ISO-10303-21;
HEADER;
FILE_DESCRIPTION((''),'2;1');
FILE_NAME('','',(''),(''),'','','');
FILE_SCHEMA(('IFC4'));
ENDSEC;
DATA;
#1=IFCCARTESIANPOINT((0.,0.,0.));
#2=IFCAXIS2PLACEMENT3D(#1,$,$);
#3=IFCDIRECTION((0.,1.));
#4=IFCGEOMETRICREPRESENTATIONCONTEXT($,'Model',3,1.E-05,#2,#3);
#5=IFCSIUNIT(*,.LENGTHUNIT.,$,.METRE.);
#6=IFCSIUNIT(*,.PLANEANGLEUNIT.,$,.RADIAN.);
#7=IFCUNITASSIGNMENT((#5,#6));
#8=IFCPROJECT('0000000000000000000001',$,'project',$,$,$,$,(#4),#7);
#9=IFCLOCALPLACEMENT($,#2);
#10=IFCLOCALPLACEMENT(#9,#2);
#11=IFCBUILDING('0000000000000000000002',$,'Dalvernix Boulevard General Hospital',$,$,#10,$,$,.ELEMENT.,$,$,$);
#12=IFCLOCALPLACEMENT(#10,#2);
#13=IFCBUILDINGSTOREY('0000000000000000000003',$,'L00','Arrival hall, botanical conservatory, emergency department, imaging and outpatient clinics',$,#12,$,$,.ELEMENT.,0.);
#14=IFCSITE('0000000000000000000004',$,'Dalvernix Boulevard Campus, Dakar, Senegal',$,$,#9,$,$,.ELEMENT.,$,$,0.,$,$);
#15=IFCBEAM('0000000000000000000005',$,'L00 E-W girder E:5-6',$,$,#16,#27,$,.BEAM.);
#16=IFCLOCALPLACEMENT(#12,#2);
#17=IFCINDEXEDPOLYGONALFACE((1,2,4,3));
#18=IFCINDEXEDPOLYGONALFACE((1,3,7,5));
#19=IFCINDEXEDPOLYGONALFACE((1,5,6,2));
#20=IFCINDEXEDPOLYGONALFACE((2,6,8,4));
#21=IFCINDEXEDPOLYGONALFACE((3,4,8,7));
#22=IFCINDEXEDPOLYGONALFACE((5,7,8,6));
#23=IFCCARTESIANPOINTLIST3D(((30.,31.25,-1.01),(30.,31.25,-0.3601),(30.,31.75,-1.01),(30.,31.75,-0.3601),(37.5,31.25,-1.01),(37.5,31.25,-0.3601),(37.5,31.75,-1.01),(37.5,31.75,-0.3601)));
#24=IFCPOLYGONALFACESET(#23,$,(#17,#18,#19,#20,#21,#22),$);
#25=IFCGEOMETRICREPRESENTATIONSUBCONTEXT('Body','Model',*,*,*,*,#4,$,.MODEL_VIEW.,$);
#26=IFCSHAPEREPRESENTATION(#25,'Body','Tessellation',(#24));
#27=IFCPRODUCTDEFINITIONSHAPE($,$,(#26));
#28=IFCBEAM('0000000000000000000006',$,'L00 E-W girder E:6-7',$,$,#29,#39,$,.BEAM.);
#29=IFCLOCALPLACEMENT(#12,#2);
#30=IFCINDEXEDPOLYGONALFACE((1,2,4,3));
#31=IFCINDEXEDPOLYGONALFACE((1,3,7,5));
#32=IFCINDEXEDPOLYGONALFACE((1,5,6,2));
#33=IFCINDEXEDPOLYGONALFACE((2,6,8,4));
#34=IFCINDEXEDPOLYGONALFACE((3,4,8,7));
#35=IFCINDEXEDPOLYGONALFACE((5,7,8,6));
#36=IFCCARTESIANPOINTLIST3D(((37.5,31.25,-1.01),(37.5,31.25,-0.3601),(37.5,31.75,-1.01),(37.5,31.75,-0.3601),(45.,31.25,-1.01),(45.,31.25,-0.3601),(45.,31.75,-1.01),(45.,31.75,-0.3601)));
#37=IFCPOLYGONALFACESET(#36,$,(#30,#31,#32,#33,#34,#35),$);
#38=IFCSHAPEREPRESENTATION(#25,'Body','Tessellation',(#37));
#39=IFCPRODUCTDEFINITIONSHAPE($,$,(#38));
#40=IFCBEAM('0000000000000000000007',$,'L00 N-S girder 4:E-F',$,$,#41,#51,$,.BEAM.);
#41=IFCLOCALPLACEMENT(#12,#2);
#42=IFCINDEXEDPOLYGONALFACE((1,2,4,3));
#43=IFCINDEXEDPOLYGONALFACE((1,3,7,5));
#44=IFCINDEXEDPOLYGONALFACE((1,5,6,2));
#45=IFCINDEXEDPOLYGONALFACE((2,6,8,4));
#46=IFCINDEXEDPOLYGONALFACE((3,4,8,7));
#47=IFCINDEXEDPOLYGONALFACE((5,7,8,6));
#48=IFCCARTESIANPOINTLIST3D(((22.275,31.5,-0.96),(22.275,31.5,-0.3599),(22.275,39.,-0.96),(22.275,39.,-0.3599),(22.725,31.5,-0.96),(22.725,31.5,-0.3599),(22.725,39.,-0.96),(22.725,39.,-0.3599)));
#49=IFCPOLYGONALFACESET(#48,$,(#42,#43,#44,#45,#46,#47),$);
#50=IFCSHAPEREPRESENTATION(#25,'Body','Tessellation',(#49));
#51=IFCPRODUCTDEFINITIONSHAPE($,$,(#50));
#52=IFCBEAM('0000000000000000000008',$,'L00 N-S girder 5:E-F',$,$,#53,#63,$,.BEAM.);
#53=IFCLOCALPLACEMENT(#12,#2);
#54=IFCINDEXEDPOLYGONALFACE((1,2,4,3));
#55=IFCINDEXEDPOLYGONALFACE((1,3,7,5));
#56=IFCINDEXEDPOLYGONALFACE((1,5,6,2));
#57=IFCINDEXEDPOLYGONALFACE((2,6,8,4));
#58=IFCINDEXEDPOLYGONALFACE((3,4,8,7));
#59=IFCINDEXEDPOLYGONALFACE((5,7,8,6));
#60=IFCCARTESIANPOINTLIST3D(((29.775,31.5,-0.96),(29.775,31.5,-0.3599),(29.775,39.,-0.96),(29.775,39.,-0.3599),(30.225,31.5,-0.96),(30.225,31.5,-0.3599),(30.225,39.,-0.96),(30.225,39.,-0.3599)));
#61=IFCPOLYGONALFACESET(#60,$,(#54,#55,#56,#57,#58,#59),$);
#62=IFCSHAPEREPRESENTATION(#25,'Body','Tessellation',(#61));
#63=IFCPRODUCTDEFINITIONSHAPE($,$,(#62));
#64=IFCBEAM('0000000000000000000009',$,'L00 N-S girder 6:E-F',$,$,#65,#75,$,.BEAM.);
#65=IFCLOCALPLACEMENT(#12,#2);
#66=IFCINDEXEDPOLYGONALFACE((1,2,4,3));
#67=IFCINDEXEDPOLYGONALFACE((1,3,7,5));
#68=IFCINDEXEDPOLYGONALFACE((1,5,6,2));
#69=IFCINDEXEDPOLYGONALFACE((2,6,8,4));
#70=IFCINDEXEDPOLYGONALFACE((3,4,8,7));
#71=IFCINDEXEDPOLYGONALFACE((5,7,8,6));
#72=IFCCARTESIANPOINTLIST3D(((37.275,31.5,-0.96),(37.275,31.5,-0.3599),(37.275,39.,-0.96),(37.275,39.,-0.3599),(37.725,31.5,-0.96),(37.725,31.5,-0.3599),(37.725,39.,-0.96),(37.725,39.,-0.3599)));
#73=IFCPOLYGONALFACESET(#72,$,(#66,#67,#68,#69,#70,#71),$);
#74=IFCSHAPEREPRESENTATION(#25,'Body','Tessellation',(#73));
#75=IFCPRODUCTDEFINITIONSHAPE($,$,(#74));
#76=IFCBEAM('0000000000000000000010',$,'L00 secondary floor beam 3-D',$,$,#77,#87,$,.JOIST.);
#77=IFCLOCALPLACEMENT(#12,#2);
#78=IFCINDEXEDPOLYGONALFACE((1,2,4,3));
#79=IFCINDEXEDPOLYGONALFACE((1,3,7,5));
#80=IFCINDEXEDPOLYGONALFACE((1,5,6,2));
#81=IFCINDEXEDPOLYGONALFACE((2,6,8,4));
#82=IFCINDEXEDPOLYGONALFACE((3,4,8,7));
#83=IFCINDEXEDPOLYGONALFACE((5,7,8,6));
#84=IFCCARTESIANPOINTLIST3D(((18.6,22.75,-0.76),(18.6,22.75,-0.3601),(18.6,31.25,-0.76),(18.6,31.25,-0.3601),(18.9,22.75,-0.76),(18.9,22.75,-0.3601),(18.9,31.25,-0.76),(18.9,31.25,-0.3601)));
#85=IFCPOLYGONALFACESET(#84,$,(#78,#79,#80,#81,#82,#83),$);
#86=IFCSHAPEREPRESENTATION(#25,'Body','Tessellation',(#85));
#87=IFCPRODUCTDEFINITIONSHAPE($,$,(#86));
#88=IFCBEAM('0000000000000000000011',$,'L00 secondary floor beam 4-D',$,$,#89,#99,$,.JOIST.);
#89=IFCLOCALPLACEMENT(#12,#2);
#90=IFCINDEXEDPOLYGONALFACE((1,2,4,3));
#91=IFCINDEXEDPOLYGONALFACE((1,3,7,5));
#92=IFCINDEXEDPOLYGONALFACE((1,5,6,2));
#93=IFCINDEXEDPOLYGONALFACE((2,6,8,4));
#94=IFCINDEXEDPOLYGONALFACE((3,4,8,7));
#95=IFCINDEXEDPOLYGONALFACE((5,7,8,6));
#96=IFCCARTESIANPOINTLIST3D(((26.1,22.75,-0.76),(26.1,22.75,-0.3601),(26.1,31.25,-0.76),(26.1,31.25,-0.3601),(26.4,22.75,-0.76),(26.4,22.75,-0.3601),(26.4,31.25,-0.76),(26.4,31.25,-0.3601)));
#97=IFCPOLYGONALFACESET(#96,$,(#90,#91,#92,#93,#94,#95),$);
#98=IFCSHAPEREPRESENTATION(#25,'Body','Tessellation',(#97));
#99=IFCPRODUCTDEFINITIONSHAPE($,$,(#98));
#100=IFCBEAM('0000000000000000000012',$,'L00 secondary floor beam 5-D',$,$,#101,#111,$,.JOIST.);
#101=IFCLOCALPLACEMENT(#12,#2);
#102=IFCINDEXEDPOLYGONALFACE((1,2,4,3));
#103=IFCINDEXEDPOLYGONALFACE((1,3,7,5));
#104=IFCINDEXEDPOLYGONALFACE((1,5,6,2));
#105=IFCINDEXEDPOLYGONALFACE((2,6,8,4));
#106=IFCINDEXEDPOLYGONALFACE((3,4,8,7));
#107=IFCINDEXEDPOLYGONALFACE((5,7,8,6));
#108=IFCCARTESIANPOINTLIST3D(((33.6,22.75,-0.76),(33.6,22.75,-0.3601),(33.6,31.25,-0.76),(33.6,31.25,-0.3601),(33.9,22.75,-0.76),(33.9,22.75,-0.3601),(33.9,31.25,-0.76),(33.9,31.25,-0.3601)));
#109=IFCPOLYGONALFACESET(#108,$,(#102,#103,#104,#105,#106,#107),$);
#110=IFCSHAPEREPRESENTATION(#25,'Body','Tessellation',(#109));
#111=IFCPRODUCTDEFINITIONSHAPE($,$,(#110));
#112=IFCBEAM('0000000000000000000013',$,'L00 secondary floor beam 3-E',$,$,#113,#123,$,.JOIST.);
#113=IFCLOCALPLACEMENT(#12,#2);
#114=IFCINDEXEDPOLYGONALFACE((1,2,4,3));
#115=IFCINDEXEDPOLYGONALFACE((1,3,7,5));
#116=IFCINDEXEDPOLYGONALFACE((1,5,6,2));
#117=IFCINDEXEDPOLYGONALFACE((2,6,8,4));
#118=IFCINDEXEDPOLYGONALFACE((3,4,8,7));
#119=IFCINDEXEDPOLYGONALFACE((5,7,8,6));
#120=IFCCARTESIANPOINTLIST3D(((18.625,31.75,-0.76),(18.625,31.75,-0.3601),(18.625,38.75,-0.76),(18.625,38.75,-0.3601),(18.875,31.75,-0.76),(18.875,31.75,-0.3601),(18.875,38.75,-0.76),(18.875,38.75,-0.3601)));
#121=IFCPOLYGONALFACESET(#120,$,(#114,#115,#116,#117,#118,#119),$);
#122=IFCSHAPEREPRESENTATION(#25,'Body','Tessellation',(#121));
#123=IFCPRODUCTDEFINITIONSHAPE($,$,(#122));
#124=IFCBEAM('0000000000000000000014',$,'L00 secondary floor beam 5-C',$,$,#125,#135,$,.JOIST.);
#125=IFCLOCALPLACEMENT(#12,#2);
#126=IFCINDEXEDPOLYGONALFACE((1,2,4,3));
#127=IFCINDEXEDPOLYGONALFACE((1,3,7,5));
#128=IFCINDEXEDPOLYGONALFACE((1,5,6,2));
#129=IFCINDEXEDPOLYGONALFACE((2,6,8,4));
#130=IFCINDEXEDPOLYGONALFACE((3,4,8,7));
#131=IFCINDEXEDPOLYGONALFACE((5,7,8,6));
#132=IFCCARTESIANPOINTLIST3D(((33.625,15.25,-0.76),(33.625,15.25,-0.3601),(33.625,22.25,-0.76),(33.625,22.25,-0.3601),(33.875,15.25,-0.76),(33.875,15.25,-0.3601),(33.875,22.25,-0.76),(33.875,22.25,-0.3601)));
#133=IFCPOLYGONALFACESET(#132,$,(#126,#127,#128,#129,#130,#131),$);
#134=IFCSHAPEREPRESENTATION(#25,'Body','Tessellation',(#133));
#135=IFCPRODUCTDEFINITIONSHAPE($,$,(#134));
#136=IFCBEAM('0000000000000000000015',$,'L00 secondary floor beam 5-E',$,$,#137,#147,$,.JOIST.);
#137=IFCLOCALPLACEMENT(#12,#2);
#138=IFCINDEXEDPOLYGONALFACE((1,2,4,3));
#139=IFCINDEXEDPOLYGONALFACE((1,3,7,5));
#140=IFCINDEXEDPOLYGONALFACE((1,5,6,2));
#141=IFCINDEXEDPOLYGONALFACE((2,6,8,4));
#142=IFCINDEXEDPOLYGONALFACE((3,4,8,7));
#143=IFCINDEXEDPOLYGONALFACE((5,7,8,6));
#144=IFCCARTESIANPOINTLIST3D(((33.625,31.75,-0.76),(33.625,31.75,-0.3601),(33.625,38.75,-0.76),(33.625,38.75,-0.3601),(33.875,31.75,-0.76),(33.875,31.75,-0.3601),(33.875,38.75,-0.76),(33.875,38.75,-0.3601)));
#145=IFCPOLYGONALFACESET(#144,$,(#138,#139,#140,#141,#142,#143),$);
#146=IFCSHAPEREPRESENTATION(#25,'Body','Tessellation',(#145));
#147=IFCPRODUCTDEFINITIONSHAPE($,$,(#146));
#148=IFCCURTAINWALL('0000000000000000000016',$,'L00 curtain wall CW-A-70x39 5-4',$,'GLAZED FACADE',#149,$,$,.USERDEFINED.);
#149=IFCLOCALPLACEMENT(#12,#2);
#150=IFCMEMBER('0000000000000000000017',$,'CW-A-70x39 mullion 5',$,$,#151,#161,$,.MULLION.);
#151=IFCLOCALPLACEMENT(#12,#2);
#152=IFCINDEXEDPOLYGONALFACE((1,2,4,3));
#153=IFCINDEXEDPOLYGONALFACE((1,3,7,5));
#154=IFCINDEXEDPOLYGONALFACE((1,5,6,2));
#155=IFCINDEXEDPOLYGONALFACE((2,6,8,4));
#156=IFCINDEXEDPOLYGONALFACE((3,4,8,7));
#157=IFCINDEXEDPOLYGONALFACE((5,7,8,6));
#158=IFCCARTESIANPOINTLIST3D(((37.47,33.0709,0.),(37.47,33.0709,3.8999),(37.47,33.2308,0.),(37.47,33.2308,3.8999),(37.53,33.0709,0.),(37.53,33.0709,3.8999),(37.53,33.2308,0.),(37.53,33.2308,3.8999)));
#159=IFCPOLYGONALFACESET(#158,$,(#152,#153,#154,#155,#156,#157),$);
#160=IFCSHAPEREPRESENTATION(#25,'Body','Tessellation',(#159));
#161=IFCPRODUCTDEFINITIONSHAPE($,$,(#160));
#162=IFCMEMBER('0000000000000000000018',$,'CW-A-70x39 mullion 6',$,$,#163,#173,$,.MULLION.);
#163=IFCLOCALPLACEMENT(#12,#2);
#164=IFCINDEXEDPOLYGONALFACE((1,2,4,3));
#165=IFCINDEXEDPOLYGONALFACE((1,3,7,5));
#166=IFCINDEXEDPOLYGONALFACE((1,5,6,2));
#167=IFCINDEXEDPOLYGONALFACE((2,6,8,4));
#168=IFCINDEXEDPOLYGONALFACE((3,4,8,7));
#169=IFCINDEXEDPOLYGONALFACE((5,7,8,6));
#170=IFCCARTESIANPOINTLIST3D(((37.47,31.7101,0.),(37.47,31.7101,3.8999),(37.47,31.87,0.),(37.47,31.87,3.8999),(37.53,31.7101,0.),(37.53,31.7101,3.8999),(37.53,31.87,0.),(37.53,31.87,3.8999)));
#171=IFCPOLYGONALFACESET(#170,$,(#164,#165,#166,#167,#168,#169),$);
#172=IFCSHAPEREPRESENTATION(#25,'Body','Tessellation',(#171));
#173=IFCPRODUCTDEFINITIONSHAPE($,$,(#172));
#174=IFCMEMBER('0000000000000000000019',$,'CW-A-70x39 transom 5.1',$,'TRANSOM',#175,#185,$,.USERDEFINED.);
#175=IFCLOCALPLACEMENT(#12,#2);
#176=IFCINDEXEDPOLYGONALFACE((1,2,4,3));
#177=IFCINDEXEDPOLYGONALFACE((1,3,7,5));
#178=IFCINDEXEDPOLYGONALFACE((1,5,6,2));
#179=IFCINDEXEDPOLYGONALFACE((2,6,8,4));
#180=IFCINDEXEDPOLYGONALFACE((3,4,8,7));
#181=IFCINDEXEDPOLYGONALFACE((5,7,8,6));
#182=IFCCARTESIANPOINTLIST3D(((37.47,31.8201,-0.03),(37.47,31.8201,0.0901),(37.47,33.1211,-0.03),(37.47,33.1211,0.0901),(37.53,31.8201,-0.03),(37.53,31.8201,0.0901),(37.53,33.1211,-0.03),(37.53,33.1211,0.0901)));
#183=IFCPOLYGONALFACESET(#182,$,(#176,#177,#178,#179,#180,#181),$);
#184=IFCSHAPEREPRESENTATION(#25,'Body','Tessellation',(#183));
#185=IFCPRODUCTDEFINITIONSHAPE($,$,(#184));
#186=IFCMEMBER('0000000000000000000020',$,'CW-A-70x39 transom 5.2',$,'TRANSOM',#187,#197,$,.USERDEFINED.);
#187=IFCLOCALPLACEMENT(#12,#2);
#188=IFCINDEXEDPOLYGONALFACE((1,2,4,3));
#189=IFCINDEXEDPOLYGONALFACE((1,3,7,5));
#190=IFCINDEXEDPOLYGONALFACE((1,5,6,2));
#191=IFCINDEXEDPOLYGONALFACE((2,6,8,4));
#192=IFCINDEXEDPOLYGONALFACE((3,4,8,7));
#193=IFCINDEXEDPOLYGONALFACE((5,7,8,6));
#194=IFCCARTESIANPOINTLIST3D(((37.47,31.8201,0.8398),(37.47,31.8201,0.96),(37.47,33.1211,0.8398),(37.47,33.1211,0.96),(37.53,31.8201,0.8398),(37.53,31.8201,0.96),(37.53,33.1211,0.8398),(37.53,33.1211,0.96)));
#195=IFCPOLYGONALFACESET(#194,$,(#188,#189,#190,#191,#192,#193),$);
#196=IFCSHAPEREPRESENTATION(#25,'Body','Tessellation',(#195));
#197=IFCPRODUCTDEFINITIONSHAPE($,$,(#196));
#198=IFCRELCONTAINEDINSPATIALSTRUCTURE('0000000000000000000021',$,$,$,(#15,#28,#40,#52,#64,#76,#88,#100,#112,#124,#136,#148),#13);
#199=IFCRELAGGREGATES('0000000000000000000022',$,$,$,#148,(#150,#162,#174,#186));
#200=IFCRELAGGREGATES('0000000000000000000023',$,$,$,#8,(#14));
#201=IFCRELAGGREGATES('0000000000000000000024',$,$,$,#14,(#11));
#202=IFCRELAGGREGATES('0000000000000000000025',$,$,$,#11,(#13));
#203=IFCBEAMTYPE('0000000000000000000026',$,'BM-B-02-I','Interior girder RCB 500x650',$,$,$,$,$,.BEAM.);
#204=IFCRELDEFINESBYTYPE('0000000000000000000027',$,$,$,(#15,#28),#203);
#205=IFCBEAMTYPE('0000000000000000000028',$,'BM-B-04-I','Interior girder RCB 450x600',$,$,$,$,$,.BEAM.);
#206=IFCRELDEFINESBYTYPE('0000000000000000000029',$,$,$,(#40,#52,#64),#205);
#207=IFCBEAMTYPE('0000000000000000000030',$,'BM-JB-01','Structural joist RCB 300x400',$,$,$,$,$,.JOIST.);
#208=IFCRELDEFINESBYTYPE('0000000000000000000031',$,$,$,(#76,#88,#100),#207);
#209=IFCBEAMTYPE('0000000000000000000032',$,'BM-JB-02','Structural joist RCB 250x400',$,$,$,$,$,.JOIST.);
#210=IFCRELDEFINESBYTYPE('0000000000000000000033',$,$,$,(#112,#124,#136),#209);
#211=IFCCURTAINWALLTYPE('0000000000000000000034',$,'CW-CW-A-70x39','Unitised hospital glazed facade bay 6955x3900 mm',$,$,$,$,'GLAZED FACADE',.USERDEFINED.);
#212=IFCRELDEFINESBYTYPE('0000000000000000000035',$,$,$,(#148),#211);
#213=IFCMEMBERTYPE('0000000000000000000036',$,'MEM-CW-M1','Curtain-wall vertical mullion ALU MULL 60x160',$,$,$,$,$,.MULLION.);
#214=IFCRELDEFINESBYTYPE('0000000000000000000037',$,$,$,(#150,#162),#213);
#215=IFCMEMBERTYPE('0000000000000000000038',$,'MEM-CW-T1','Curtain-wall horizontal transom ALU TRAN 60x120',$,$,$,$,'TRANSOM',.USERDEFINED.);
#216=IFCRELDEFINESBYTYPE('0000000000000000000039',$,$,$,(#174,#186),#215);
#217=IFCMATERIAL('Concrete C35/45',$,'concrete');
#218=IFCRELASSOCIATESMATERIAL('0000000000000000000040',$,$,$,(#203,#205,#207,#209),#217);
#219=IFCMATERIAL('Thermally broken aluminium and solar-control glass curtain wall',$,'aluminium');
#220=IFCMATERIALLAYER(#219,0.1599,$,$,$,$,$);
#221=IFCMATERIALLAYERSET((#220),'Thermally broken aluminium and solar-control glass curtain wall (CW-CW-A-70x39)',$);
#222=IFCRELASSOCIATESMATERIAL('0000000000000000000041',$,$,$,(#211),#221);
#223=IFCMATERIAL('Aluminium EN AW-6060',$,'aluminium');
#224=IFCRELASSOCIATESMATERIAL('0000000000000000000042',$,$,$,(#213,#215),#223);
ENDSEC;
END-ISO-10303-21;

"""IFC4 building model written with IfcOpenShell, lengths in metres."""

from ifc_helpers import new_model, si_unit, direction, frame, origin, origin_2d, place, context, subcontext, project, spatial, rectangle, extrude, material, layer, layer_set, material_profile, profile_set, type_object, element, aggregate, save


model = new_model("IFC4")

# Units and contexts
model_context = context("Model", 3, precision=1e-05, world=origin(), true_north=direction((0.0, 1.0)))
body_context = subcontext(model_context, "Body", "Model", "MODEL_VIEW")
ifc_project = project(units=[si_unit("LENGTHUNIT", "METRE"), si_unit("PLANEANGLEUNIT", "RADIAN")], contexts=[model_context])

# Site, building, storey
site_placement = place(None, origin())
site = spatial("IfcSite", under=ifc_project, at=site_placement, Name="Dalvernix Boulevard Campus, Dakar, Senegal", CompositionType="ELEMENT", RefElevation=0.0)
building_placement = place(site_placement, origin())
building = spatial("IfcBuilding", under=site, at=building_placement, Name="Dalvernix Boulevard General Hospital", CompositionType="ELEMENT")
storey_placement = place(building_placement, origin())
storey = spatial("IfcBuildingStorey", under=building, at=storey_placement, Name="L00", Description="Arrival hall, botanical conservatory, emergency department, imaging and outpatient clinics", CompositionType="ELEMENT", Elevation=0.0)

# Beams
ifc_material_1 = material(Name="Concrete C35/45", Category="concrete")
ifc_material_profile_1 = material_profile(ifc_material_1, rectangle(XDim=0.5, YDim=0.6499, at=origin_2d()), Name="RCB 500x650")
ifc_profile_set_1 = profile_set([ifc_material_profile_1], Name="Concrete C35/45")
beam_type_1 = type_object("IfcBeamType", Name="BM-B-02-I", Description="Interior girder RCB 500x650", PredefinedType="BEAM", material=ifc_profile_set_1)
for number, where, z_axis, x_axis, name in (
    (1, (30.0, 31.5, -0.6851), (1.0, 0.0, 0.0), (0.0, 1.0, 0.0), "L00 E-W girder E:5-6"),
    (2, (37.5, 31.5, -0.6851), (1.0, 0.0, 0.0), (0.0, 1.0, 0.0), "L00 E-W girder E:6-7"),
):
    element("IfcBeam", number, at=place(storey_placement, frame(where, z_axis=z_axis, x_axis=x_axis)), inside=storey, type_object=beam_type_1, Name=name, PredefinedType="BEAM", context=body_context, shape_type="SweptSolid", body=[
        extrude(rectangle(XDim=0.5, YDim=0.6499, at=origin_2d()), origin(), (0.0, 0.0, 1.0), 7.5),
    ])
ifc_material_profile_2 = material_profile(ifc_material_1, rectangle(XDim=0.45, YDim=0.6001, at=origin_2d()), Name="RCB 450x600")
ifc_profile_set_2 = profile_set([ifc_material_profile_2], Name="Concrete C35/45")
beam_type_2 = type_object("IfcBeamType", Name="BM-B-04-I", Description="Interior girder RCB 450x600", PredefinedType="BEAM", material=ifc_profile_set_2)
for number, where, z_axis, x_axis, name in (
    (3, (22.5, 31.5, -0.6599), (0.0, 1.0, 0.0), (-1.0, 0.0, 0.0), "L00 N-S girder 4:E-F"),
    (4, (30.0, 31.5, -0.6599), (0.0, 1.0, 0.0), (-1.0, 0.0, 0.0), "L00 N-S girder 5:E-F"),
    (5, (37.5, 31.5, -0.6599), (0.0, 1.0, 0.0), (-1.0, 0.0, 0.0), "L00 N-S girder 6:E-F"),
):
    element("IfcBeam", number, at=place(storey_placement, frame(where, z_axis=z_axis, x_axis=x_axis)), inside=storey, type_object=beam_type_2, Name=name, PredefinedType="BEAM", context=body_context, shape_type="SweptSolid", body=[
        extrude(rectangle(XDim=0.45, YDim=0.6001, at=origin_2d()), origin(), (0.0, 0.0, 1.0), 7.5),
    ])
ifc_material_profile_3 = material_profile(ifc_material_1, rectangle(XDim=0.3, YDim=0.3999, at=origin_2d()), Name="RCB 300x400")
ifc_profile_set_3 = profile_set([ifc_material_profile_3], Name="Concrete C35/45")
beam_type_3 = type_object("IfcBeamType", Name="BM-JB-01", Description="Structural joist RCB 300x400", PredefinedType="JOIST", material=ifc_profile_set_3)
for number, where, z_axis, x_axis, name in (
    (6, (18.75, 22.75, -0.5601), (0.0, 1.0, 0.0), (-1.0, 0.0, 0.0), "L00 secondary floor beam 3-D"),
    (7, (26.25, 22.75, -0.5601), (0.0, 1.0, 0.0), (-1.0, 0.0, 0.0), "L00 secondary floor beam 4-D"),
    (8, (33.75, 22.75, -0.5601), (0.0, 1.0, 0.0), (-1.0, 0.0, 0.0), "L00 secondary floor beam 5-D"),
):
    element("IfcBeam", number, at=place(storey_placement, frame(where, z_axis=z_axis, x_axis=x_axis)), inside=storey, type_object=beam_type_3, Name=name, PredefinedType="JOIST", context=body_context, shape_type="SweptSolid", body=[
        extrude(rectangle(XDim=0.3, YDim=0.3999, at=origin_2d()), origin(), (0.0, 0.0, 1.0), 8.5),
    ])
ifc_material_profile_4 = material_profile(ifc_material_1, rectangle(XDim=0.25, YDim=0.3999, at=origin_2d()), Name="RCB 250x400")
ifc_profile_set_4 = profile_set([ifc_material_profile_4], Name="Concrete C35/45")
beam_type_4 = type_object("IfcBeamType", Name="BM-JB-02", Description="Structural joist RCB 250x400", PredefinedType="JOIST", material=ifc_profile_set_4)
for number, where, z_axis, x_axis, name in (
    (9, (18.75, 31.75, -0.5601), (0.0, 1.0, 0.0), (-1.0, 0.0, 0.0), "L00 secondary floor beam 3-E"),
    (10, (33.75, 15.25, -0.5601), (0.0, 1.0, 0.0), (-1.0, 0.0, 0.0), "L00 secondary floor beam 5-C"),
    (11, (33.75, 31.75, -0.5601), (0.0, 1.0, 0.0), (-1.0, 0.0, 0.0), "L00 secondary floor beam 5-E"),
):
    element("IfcBeam", number, at=place(storey_placement, frame(where, z_axis=z_axis, x_axis=x_axis)), inside=storey, type_object=beam_type_4, Name=name, PredefinedType="JOIST", context=body_context, shape_type="SweptSolid", body=[
        extrude(rectangle(XDim=0.25, YDim=0.3999, at=origin_2d()), origin(), (0.0, 0.0, 1.0), 7.0),
    ])

# Curtain wall, members
ifc_material_2 = material(Name="Thermally broken aluminium and solar-control glass curtain wall", Category="aluminium")
ifc_layer_1 = layer(ifc_material_2, 0.1599)
ifc_layer_set_1 = layer_set([ifc_layer_1], Name="Thermally broken aluminium and solar-control glass curtain wall (CW-CW-A-70x39)")
curtain_wall_type = type_object("IfcCurtainWallType", Name="CW-CW-A-70x39", Description="Unitised hospital glazed facade bay 6955x3900 mm", ElementType="GLAZED FACADE", PredefinedType="USERDEFINED", material=ifc_layer_set_1)
curtain_wall_placement = place(storey_placement, origin())
curtain_wall = element("IfcCurtainWall", 12, at=curtain_wall_placement, inside=storey, type_object=curtain_wall_type, Name="L00 curtain wall CW-A-70x39 5-4", ObjectType="GLAZED FACADE", PredefinedType="USERDEFINED")
ifc_material_3 = material(Name="Aluminium EN AW-6060", Category="aluminium")
ifc_material_profile_5 = material_profile(ifc_material_3, rectangle(XDim=0.0601, YDim=0.1599, at=origin_2d()), Name="ALU MULL 60x160")
ifc_profile_set_5 = profile_set([ifc_material_profile_5], Name="Aluminium EN AW-6060")
member_type_1 = type_object("IfcMemberType", Name="MEM-CW-M1", Description="Curtain-wall vertical mullion ALU MULL 60x160", PredefinedType="MULLION", material=ifc_profile_set_5)
member_1_placement = place(storey_placement, frame((37.5, 33.1509, 0.0), z_axis=(0.0, 0.0, 1.0), x_axis=(1.0, 0.0, 0.0)))
member_1 = element("IfcMember", 13, at=member_1_placement, type_object=member_type_1, Name="CW-A-70x39 mullion 5", PredefinedType="MULLION", context=body_context, shape_type="SweptSolid", body=[
    extrude(rectangle(XDim=0.0601, YDim=0.1599, at=origin_2d()), origin(), (0.0, 0.0, 1.0), 3.8999),
])
member_2_placement = place(storey_placement, frame((37.5, 31.79, 0.0), z_axis=(0.0, 0.0, 1.0), x_axis=(1.0, 0.0, 0.0)))
member_2 = element("IfcMember", 14, at=member_2_placement, type_object=member_type_1, Name="CW-A-70x39 mullion 6", PredefinedType="MULLION", context=body_context, shape_type="SweptSolid", body=[
    extrude(rectangle(XDim=0.0601, YDim=0.1599, at=origin_2d()), origin(), (0.0, 0.0, 1.0), 3.8999),
])
ifc_material_profile_6 = material_profile(ifc_material_3, rectangle(XDim=0.0601, YDim=0.1201, at=origin_2d()), Name="ALU TRAN 60x120")
ifc_profile_set_6 = profile_set([ifc_material_profile_6], Name="Aluminium EN AW-6060")
member_type_2 = type_object("IfcMemberType", Name="MEM-CW-T1", Description="Curtain-wall horizontal transom ALU TRAN 60x120", ElementType="TRANSOM", PredefinedType="USERDEFINED", material=ifc_profile_set_6)
member_3_placement = place(storey_placement, frame((37.5, 33.1211, 0.03), z_axis=(0.0, -1.0, 0.0), x_axis=(1.0, 0.0, 0.0)))
member_3 = element("IfcMember", 15, at=member_3_placement, type_object=member_type_2, Name="CW-A-70x39 transom 5.1", ObjectType="TRANSOM", PredefinedType="USERDEFINED", context=body_context, shape_type="SweptSolid", body=[
    extrude(rectangle(XDim=0.0601, YDim=0.1201, at=origin_2d()), origin(), (0.0, 0.0, 1.0), 1.301),
])
member_4_placement = place(storey_placement, frame((37.5, 33.1211, 0.8999), z_axis=(0.0, -1.0, 0.0), x_axis=(1.0, 0.0, 0.0)))
member_4 = element("IfcMember", 16, at=member_4_placement, type_object=member_type_2, Name="CW-A-70x39 transom 5.2", ObjectType="TRANSOM", PredefinedType="USERDEFINED", context=body_context, shape_type="SweptSolid", body=[
    extrude(rectangle(XDim=0.0601, YDim=0.1201, at=origin_2d()), origin(), (0.0, 0.0, 1.0), 1.301),
])
aggregate(curtain_wall, [member_1, member_2, member_3, member_4])

save(model, "model.ifc")
